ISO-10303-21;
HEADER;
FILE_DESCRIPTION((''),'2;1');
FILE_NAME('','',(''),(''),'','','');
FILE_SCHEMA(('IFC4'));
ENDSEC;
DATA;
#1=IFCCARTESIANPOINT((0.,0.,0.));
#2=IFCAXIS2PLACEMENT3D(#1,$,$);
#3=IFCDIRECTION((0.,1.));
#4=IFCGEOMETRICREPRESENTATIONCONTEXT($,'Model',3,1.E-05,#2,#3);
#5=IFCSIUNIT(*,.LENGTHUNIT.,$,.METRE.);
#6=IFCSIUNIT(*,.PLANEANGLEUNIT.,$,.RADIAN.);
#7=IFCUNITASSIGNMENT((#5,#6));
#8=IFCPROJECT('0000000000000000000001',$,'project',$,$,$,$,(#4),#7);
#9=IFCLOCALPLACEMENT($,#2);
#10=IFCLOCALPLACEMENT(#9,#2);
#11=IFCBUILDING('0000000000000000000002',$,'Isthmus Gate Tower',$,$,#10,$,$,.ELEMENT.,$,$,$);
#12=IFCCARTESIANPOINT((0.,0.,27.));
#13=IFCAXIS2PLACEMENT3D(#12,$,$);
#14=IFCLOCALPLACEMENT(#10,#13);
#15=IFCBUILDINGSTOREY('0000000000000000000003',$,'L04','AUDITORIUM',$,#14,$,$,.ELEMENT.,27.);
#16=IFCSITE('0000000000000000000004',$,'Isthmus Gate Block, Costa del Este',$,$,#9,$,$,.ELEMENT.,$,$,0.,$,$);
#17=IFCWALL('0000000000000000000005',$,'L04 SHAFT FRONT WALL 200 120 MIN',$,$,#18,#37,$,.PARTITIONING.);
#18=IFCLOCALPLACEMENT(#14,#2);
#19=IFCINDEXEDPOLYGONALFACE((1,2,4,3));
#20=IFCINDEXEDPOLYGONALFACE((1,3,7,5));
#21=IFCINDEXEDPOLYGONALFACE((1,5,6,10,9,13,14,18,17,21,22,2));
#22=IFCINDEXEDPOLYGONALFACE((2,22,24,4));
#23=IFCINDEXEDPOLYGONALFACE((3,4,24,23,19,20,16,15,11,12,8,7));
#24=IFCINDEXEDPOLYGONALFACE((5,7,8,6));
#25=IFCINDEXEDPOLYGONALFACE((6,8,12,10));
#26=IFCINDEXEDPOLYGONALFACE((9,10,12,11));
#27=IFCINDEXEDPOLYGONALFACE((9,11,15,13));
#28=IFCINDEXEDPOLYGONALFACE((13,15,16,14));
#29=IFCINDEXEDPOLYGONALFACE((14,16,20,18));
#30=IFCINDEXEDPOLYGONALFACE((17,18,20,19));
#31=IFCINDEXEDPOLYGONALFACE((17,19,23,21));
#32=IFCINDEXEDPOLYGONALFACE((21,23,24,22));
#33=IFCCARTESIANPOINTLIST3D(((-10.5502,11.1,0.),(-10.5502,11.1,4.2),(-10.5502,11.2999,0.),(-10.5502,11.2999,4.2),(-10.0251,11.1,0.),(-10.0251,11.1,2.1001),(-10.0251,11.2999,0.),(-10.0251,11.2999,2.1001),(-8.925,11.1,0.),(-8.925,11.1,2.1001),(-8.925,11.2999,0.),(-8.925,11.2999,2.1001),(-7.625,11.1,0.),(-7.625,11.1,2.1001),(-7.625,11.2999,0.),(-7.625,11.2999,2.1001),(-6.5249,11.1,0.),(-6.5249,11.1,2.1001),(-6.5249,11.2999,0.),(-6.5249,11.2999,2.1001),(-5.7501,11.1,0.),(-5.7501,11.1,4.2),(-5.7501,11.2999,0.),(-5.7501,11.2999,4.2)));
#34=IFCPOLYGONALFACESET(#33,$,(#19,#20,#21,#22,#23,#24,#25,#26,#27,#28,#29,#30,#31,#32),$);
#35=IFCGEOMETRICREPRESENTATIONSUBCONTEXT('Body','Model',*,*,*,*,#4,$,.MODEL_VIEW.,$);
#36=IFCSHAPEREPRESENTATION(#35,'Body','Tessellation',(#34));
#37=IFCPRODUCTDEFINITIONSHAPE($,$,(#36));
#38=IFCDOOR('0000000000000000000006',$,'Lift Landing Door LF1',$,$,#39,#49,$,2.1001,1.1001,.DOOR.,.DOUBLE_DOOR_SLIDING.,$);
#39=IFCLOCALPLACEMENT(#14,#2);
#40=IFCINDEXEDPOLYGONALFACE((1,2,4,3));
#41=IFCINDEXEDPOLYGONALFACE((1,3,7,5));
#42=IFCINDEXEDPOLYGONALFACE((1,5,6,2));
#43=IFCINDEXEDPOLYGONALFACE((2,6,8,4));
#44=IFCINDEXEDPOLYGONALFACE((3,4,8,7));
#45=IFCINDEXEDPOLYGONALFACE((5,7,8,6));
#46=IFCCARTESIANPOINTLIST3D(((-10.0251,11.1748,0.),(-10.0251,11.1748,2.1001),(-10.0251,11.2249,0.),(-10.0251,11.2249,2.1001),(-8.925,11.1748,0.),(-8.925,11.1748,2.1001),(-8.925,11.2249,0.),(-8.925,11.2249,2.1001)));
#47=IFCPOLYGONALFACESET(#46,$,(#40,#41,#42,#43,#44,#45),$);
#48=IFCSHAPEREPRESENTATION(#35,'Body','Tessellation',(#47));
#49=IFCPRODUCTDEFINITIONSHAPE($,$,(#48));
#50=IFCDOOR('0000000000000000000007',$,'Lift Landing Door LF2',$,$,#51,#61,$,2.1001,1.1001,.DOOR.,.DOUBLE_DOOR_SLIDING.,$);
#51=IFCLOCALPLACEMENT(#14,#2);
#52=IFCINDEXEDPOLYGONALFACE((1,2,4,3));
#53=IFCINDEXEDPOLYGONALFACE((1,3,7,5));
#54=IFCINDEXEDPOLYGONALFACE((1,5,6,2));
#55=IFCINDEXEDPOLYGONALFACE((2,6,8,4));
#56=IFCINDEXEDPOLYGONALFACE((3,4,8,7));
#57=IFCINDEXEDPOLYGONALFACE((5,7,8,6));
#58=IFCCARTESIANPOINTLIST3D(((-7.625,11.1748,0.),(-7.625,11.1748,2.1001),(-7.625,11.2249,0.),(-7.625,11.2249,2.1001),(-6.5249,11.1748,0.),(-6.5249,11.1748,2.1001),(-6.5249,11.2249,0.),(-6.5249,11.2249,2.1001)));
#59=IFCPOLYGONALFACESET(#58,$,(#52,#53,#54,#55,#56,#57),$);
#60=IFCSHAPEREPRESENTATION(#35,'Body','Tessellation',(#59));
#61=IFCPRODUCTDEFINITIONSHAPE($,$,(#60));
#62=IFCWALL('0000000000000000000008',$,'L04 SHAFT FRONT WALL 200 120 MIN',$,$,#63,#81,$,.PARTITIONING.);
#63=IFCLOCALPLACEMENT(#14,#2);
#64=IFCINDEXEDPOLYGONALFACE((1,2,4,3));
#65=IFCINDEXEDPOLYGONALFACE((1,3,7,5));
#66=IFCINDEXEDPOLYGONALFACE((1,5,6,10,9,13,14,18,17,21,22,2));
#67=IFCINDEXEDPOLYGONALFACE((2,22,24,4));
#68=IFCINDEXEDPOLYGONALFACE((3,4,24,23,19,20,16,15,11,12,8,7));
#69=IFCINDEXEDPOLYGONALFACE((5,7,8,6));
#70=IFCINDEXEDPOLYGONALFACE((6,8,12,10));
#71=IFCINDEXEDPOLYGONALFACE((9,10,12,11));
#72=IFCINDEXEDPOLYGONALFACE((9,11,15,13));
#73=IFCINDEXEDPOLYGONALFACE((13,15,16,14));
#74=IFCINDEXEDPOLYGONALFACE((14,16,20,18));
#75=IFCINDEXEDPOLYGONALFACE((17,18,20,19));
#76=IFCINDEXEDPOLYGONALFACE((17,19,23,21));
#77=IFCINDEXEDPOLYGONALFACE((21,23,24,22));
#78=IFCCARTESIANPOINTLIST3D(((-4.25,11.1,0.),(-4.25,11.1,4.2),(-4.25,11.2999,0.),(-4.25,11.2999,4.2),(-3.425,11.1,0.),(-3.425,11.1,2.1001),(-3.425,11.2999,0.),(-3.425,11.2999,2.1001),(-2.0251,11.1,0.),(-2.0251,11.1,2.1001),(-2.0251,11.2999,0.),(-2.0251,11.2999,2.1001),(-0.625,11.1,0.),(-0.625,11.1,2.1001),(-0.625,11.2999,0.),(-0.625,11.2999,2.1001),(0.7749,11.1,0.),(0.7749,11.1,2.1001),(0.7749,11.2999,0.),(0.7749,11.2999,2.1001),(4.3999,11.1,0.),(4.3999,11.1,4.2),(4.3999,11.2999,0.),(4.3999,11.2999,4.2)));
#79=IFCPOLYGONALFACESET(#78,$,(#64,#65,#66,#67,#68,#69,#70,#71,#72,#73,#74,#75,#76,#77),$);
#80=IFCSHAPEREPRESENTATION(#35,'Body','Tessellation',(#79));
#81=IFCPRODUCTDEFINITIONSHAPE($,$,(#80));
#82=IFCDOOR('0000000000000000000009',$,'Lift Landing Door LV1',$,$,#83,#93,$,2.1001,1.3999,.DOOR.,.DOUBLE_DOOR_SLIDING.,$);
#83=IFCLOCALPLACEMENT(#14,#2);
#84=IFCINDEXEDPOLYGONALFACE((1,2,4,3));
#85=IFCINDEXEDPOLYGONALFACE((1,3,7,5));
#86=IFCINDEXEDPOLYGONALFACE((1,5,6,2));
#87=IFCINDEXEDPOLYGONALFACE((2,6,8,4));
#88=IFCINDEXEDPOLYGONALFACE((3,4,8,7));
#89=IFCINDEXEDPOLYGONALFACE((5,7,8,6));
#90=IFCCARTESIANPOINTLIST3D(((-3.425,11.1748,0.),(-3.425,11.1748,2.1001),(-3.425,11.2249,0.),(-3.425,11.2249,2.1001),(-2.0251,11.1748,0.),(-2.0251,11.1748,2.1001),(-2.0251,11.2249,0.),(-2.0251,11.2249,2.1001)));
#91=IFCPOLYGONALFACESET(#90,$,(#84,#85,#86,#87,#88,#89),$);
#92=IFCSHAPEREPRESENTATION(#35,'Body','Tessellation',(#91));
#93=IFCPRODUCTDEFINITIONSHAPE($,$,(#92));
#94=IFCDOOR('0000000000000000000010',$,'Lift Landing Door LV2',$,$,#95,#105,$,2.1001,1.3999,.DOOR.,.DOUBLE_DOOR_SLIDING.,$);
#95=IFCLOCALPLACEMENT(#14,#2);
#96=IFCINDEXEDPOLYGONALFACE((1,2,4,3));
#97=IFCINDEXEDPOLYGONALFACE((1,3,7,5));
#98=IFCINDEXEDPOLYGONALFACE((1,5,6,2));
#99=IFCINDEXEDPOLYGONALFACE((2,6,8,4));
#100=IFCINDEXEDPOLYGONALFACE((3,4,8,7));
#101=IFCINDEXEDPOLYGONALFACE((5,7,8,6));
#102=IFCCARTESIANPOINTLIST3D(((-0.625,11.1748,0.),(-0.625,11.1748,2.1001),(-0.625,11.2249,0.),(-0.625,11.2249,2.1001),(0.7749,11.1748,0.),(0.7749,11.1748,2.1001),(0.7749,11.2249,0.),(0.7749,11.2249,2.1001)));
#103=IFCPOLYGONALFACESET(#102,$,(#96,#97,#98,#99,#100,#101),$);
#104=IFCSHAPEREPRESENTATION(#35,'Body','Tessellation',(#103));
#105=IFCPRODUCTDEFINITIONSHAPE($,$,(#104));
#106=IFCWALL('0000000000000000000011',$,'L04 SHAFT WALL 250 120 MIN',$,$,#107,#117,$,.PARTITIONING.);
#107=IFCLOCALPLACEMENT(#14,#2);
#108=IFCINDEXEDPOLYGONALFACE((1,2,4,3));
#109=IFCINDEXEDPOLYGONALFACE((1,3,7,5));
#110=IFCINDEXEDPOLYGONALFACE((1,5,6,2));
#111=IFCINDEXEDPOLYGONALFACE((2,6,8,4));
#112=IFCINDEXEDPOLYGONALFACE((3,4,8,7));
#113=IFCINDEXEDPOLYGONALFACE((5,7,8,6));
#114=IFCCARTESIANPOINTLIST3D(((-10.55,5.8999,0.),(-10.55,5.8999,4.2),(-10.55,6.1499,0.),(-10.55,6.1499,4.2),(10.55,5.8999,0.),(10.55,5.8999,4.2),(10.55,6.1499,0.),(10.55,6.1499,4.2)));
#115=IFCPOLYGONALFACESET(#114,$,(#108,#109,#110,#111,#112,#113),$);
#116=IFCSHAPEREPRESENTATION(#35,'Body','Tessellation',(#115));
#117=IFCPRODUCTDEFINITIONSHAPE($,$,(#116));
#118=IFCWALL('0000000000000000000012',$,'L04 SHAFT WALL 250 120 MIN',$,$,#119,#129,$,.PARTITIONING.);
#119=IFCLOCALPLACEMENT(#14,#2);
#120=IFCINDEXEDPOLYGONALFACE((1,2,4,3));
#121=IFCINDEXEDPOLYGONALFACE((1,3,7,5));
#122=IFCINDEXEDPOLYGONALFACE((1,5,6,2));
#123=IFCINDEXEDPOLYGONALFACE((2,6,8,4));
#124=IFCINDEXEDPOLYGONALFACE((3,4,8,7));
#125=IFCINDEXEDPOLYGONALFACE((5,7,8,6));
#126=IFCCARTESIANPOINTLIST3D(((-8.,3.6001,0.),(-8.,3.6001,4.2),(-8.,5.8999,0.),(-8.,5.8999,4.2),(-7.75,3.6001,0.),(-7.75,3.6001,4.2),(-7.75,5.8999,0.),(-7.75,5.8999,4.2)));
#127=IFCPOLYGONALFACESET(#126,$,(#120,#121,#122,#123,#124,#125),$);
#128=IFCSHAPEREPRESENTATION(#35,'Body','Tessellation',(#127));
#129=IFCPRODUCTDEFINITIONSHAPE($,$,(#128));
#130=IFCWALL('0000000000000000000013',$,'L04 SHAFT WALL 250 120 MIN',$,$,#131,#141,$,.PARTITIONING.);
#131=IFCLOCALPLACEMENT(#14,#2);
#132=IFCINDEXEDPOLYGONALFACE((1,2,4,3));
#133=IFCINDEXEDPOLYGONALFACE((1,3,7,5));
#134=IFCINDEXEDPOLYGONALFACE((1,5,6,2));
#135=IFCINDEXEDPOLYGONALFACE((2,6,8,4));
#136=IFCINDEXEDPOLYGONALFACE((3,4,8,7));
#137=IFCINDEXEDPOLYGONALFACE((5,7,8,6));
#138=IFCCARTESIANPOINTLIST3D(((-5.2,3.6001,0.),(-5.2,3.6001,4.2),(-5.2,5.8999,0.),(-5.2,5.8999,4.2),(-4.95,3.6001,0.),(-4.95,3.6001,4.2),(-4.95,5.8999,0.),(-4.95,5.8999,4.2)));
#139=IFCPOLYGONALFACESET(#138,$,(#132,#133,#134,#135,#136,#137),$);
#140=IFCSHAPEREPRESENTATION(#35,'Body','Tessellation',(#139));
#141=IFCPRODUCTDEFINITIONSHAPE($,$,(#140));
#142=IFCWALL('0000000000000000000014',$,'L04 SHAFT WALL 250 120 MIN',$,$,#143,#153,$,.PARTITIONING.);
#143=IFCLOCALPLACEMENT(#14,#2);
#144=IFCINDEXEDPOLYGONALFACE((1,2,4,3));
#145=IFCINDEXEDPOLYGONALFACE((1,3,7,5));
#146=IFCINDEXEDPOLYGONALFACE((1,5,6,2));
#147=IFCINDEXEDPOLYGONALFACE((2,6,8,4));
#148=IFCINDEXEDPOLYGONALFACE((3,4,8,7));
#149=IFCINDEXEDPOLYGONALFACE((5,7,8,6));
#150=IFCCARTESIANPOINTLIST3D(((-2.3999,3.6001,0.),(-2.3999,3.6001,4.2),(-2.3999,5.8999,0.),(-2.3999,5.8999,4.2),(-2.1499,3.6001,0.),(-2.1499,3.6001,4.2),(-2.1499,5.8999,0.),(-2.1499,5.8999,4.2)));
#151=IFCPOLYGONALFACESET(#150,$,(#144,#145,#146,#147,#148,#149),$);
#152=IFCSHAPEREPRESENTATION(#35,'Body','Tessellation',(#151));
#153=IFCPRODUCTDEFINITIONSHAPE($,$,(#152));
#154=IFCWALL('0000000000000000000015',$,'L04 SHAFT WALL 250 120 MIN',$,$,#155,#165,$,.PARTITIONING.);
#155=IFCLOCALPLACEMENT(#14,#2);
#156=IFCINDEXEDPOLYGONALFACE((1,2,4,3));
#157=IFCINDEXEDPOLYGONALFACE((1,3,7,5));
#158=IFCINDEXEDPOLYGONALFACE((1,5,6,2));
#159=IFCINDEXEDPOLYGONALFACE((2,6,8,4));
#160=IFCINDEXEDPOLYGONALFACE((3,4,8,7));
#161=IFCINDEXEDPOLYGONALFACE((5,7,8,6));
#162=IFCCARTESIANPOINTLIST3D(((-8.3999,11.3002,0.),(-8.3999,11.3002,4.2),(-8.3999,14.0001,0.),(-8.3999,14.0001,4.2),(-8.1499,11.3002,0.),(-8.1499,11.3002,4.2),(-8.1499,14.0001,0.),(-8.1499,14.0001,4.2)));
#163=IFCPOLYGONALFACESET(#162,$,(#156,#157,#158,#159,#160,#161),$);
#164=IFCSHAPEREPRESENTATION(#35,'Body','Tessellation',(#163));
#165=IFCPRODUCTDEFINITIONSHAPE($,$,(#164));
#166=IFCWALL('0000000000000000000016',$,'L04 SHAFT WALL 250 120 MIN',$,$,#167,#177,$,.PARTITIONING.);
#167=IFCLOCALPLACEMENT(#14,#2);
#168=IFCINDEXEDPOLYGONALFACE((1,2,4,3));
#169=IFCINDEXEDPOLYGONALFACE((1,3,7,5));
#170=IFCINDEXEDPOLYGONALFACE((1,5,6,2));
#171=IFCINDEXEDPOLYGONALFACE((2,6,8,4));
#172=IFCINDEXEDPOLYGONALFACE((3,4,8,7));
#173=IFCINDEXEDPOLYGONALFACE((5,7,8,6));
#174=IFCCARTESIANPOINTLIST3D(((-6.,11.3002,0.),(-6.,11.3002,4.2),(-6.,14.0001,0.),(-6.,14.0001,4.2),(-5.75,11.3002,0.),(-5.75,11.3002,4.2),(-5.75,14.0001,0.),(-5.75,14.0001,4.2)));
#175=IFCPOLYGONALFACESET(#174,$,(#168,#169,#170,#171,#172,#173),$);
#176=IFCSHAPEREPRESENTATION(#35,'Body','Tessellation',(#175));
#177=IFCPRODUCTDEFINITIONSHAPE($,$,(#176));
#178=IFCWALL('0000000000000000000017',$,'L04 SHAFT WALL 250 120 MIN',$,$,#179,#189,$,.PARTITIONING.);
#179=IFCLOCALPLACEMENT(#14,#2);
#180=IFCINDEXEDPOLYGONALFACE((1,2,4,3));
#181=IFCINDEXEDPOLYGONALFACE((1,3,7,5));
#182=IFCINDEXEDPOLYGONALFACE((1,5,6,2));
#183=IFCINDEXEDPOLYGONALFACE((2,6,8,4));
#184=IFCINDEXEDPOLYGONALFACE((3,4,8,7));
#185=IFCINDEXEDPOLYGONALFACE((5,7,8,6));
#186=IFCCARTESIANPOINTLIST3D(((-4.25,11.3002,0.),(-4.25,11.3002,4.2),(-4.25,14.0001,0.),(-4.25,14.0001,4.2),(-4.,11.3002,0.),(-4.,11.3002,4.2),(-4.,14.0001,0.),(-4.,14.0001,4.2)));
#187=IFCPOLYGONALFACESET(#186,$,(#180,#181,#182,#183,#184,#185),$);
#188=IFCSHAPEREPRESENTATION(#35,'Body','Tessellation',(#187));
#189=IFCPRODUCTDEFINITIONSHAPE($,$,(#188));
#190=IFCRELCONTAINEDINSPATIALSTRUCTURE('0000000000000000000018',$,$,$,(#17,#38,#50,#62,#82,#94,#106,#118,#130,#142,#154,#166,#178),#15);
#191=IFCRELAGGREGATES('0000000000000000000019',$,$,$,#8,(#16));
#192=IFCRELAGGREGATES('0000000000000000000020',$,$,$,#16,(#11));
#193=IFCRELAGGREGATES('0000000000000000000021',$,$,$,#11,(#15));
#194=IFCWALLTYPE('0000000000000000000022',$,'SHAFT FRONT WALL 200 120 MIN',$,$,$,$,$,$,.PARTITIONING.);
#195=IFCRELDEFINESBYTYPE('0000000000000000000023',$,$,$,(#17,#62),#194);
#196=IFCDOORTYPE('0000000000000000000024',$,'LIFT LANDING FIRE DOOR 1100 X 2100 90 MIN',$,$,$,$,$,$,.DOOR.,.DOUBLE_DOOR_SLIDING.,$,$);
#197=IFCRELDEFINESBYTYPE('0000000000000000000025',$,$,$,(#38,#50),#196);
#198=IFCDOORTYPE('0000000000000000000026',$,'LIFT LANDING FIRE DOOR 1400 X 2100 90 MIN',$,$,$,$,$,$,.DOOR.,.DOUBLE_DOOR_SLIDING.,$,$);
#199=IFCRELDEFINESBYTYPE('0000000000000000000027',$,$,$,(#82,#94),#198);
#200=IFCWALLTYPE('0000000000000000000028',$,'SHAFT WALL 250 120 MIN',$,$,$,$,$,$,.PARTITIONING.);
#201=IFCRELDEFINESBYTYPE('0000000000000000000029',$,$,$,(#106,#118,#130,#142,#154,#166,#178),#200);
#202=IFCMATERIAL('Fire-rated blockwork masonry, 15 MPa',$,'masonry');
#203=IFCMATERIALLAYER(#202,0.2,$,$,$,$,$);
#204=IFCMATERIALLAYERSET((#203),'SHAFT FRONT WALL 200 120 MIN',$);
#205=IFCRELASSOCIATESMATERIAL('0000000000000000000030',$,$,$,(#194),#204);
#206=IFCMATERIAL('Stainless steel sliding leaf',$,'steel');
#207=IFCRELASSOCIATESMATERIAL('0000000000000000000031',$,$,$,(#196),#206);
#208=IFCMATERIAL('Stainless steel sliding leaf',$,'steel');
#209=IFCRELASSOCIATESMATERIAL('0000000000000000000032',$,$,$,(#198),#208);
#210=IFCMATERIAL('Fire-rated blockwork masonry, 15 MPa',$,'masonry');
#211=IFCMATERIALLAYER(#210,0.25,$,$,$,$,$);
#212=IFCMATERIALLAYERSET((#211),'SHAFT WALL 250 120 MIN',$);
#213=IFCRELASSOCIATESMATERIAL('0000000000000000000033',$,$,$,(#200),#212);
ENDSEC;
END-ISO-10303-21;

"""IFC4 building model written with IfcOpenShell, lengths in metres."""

from ifc_helpers import new_model, si_unit, direction, frame, frame_2d, origin, place, context, subcontext, project, spatial, rectangle, extrude, material, layer, layer_set, type_object, element, fill, save


model = new_model("IFC4")

# Units and contexts
model_context = context("Model", 3, precision=1e-05, world=origin(), true_north=direction((0.0, 1.0)))
body_context = subcontext(model_context, "Body", "Model", "MODEL_VIEW")
ifc_project = project(units=[si_unit("LENGTHUNIT", "METRE"), si_unit("PLANEANGLEUNIT", "RADIAN")], contexts=[model_context])

# Site, building, storey
site_placement = place(None, origin())
site = spatial("IfcSite", under=ifc_project, at=site_placement, Name="Isthmus Gate Block, Costa del Este", CompositionType="ELEMENT", RefElevation=0.0)
building_placement = place(site_placement, origin())
building = spatial("IfcBuilding", under=site, at=building_placement, Name="Isthmus Gate Tower", CompositionType="ELEMENT")
storey_placement = place(building_placement, frame((0.0, 0.0, 27.0)))
storey = spatial("IfcBuildingStorey", under=building, at=storey_placement, Name="L04", Description="AUDITORIUM", CompositionType="ELEMENT", Elevation=27.0)

# Walls, openings, doors
ifc_material_1 = material(Name="Fire-rated blockwork masonry, 15 MPa", Category="masonry")
ifc_layer_1 = layer(ifc_material_1, 0.2)
ifc_layer_set_1 = layer_set([ifc_layer_1], Name="SHAFT FRONT WALL 200 120 MIN")
wall_type_1 = type_object("IfcWallType", Name="SHAFT FRONT WALL 200 120 MIN", PredefinedType="PARTITIONING", material=ifc_layer_set_1)
wall_1_placement = place(storey_placement, frame((-10.55, 11.2, 0.0), z_axis=(0.0, 0.0, 1.0), x_axis=(1.0, 0.0, 0.0)))
wall_1 = element("IfcWall", 1, at=wall_1_placement, inside=storey, type_object=wall_type_1, Name="L04 SHAFT FRONT WALL 200 120 MIN", PredefinedType="PARTITIONING", context=body_context, shape_type="SweptSolid", body=[
    extrude(rectangle(XDim=4.8, YDim=0.2, at=frame_2d((2.3999, 0.0))), origin(), (0.0, 0.0, 1.0), 4.2),
])
opening_1_placement = place(wall_1_placement, frame((0.5249, 0.0, 0.0)))
opening_1 = element("IfcOpeningElement", 2, at=opening_1_placement, cuts=wall_1, PredefinedType="OPENING", context=body_context, shape_type="SweptSolid", body=[
    extrude(rectangle(XDim=1.1001, YDim=2.1001, at=frame_2d((0.55, 1.05))), frame((0.0, 0.1099, 0.0), z_axis=(0.0, -1.0, 0.0), x_axis=(1.0, 0.0, 0.0)), (0.0, 0.0, 1.0), 0.22),
])
opening_2_placement = place(wall_1_placement, frame((2.925, 0.0, 0.0)))
opening_2 = element("IfcOpeningElement", 3, at=opening_2_placement, cuts=wall_1, PredefinedType="OPENING", context=body_context, shape_type="SweptSolid", body=[
    extrude(rectangle(XDim=1.1001, YDim=2.1001, at=frame_2d((0.55, 1.05))), frame((0.0, 0.1099, 0.0), z_axis=(0.0, -1.0, 0.0), x_axis=(1.0, 0.0, 0.0)), (0.0, 0.0, 1.0), 0.22),
])
ifc_material_2 = material(Name="Stainless steel sliding leaf", Category="steel")
door_type_1 = type_object("IfcDoorType", Name="LIFT LANDING FIRE DOOR 1100 X 2100 90 MIN", OperationType="DOUBLE_DOOR_SLIDING", PredefinedType="DOOR", material=ifc_material_2)
door_1_placement = place(opening_1_placement, origin())
door_1 = element("IfcDoor", 4, at=door_1_placement, inside=storey, type_object=door_type_1, Name="Lift Landing Door LF1", OperationType="DOUBLE_DOOR_SLIDING", OverallHeight=2.1001, OverallWidth=1.1001, PredefinedType="DOOR", context=body_context, shape_type="SweptSolid", body=[
    extrude(rectangle(XDim=1.1001, YDim=2.1001, at=frame_2d((0.55, 1.05))), frame((0.0, 0.0249, 0.0), z_axis=(0.0, -1.0, 0.0), x_axis=(1.0, 0.0, 0.0)), (0.0, 0.0, 1.0), 0.05),
])
fill(opening_1, door_1)
door_2_placement = place(opening_2_placement, origin())
door_2 = element("IfcDoor", 5, at=door_2_placement, inside=storey, type_object=door_type_1, Name="Lift Landing Door LF2", OperationType="DOUBLE_DOOR_SLIDING", OverallHeight=2.1001, OverallWidth=1.1001, PredefinedType="DOOR", context=body_context, shape_type="SweptSolid", body=[
    extrude(rectangle(XDim=1.1001, YDim=2.1001, at=frame_2d((0.55, 1.05))), frame((0.0, 0.0249, 0.0), z_axis=(0.0, -1.0, 0.0), x_axis=(1.0, 0.0, 0.0)), (0.0, 0.0, 1.0), 0.05),
])
fill(opening_2, door_2)
wall_2_placement = place(storey_placement, frame((-4.25, 11.2, 0.0), z_axis=(0.0, 0.0, 1.0), x_axis=(1.0, 0.0, 0.0)))
wall_2 = element("IfcWall", 6, at=wall_2_placement, inside=storey, type_object=wall_type_1, Name="L04 SHAFT FRONT WALL 200 120 MIN", PredefinedType="PARTITIONING", context=body_context, shape_type="SweptSolid", body=[
    extrude(rectangle(XDim=8.6499, YDim=0.2, at=frame_2d((4.325, 0.0))), origin(), (0.0, 0.0, 1.0), 4.2),
])
opening_3_placement = place(wall_2_placement, frame((0.825, 0.0, 0.0)))
opening_3 = element("IfcOpeningElement", 7, at=opening_3_placement, cuts=wall_2, PredefinedType="OPENING", context=body_context, shape_type="SweptSolid", body=[
    extrude(rectangle(XDim=1.3999, YDim=2.1001, at=frame_2d((0.7, 1.05))), frame((0.0, 0.1099, 0.0), z_axis=(0.0, -1.0, 0.0), x_axis=(1.0, 0.0, 0.0)), (0.0, 0.0, 1.0), 0.22),
])
opening_4_placement = place(wall_2_placement, frame((3.625, 0.0, 0.0)))
opening_4 = element("IfcOpeningElement", 8, at=opening_4_placement, cuts=wall_2, PredefinedType="OPENING", context=body_context, shape_type="SweptSolid", body=[
    extrude(rectangle(XDim=1.3999, YDim=2.1001, at=frame_2d((0.7, 1.05))), frame((0.0, 0.1099, 0.0), z_axis=(0.0, -1.0, 0.0), x_axis=(1.0, 0.0, 0.0)), (0.0, 0.0, 1.0), 0.22),
])
ifc_material_3 = material(Name="Stainless steel sliding leaf", Category="steel")
door_type_2 = type_object("IfcDoorType", Name="LIFT LANDING FIRE DOOR 1400 X 2100 90 MIN", OperationType="DOUBLE_DOOR_SLIDING", PredefinedType="DOOR", material=ifc_material_3)
door_3_placement = place(opening_3_placement, origin())
door_3 = element("IfcDoor", 9, at=door_3_placement, inside=storey, type_object=door_type_2, Name="Lift Landing Door LV1", OperationType="DOUBLE_DOOR_SLIDING", OverallHeight=2.1001, OverallWidth=1.3999, PredefinedType="DOOR", context=body_context, shape_type="SweptSolid", body=[
    extrude(rectangle(XDim=1.3999, YDim=2.1001, at=frame_2d((0.7, 1.05))), frame((0.0, 0.0249, 0.0), z_axis=(0.0, -1.0, 0.0), x_axis=(1.0, 0.0, 0.0)), (0.0, 0.0, 1.0), 0.05),
])
fill(opening_3, door_3)
door_4_placement = place(opening_4_placement, origin())
door_4 = element("IfcDoor", 10, at=door_4_placement, inside=storey, type_object=door_type_2, Name="Lift Landing Door LV2", OperationType="DOUBLE_DOOR_SLIDING", OverallHeight=2.1001, OverallWidth=1.3999, PredefinedType="DOOR", context=body_context, shape_type="SweptSolid", body=[
    extrude(rectangle(XDim=1.3999, YDim=2.1001, at=frame_2d((0.7, 1.05))), frame((0.0, 0.0249, 0.0), z_axis=(0.0, -1.0, 0.0), x_axis=(1.0, 0.0, 0.0)), (0.0, 0.0, 1.0), 0.05),
])
fill(opening_4, door_4)

# Walls
ifc_material_4 = material(Name="Fire-rated blockwork masonry, 15 MPa", Category="masonry")
ifc_layer_2 = layer(ifc_material_4, 0.25)
ifc_layer_set_2 = layer_set([ifc_layer_2], Name="SHAFT WALL 250 120 MIN")
wall_type_2 = type_object("IfcWallType", Name="SHAFT WALL 250 120 MIN", PredefinedType="PARTITIONING", material=ifc_layer_set_2)
wall_3_placement = place(storey_placement, frame((-10.55, 6.0249, 0.0), z_axis=(0.0, 0.0, 1.0), x_axis=(1.0, 0.0, 0.0)))
element("IfcWall", 11, at=wall_3_placement, inside=storey, type_object=wall_type_2, Name="L04 SHAFT WALL 250 120 MIN", PredefinedType="PARTITIONING", context=body_context, shape_type="SweptSolid", body=[
    extrude(rectangle(XDim=21.1001, YDim=0.25, at=frame_2d((10.55, 0.0))), origin(), (0.0, 0.0, 1.0), 4.2),
])
for number, where, z_axis, x_axis, name in (
    (12, (-7.875, 3.6001, 0.0), (0.0, 0.0, 1.0), (0.0, 1.0, 0.0), "L04 SHAFT WALL 250 120 MIN"),
    (13, (-5.075, 3.6001, 0.0), (0.0, 0.0, 1.0), (0.0, 1.0, 0.0), "L04 SHAFT WALL 250 120 MIN"),
    (14, (-2.2749, 3.6001, 0.0), (0.0, 0.0, 1.0), (0.0, 1.0, 0.0), "L04 SHAFT WALL 250 120 MIN"),
):
    element("IfcWall", number, at=place(storey_placement, frame(where, z_axis=z_axis, x_axis=x_axis)), inside=storey, type_object=wall_type_2, Name=name, PredefinedType="PARTITIONING", context=body_context, shape_type="SweptSolid", body=[
        extrude(rectangle(XDim=2.2998, YDim=0.25, at=frame_2d((1.1499, 0.0))), origin(), (0.0, 0.0, 1.0), 4.2),
    ])
for number, where, z_axis, x_axis, name in (
    (15, (-8.2749, 11.3, 0.0), (0.0, 0.0, 1.0), (0.0, 1.0, 0.0), "L04 SHAFT WALL 250 120 MIN"),
    (16, (-5.875, 11.3, 0.0), (0.0, 0.0, 1.0), (0.0, 1.0, 0.0), "L04 SHAFT WALL 250 120 MIN"),
    (17, (-4.125, 11.3, 0.0), (0.0, 0.0, 1.0), (0.0, 1.0, 0.0), "L04 SHAFT WALL 250 120 MIN"),
):
    element("IfcWall", number, at=place(storey_placement, frame(where, z_axis=z_axis, x_axis=x_axis)), inside=storey, type_object=wall_type_2, Name=name, PredefinedType="PARTITIONING", context=body_context, shape_type="SweptSolid", body=[
        extrude(rectangle(XDim=2.7, YDim=0.25, at=frame_2d((1.3501, 0.0))), origin(), (0.0, 0.0, 1.0), 4.2),
    ])

save(model, "model.ifc")
